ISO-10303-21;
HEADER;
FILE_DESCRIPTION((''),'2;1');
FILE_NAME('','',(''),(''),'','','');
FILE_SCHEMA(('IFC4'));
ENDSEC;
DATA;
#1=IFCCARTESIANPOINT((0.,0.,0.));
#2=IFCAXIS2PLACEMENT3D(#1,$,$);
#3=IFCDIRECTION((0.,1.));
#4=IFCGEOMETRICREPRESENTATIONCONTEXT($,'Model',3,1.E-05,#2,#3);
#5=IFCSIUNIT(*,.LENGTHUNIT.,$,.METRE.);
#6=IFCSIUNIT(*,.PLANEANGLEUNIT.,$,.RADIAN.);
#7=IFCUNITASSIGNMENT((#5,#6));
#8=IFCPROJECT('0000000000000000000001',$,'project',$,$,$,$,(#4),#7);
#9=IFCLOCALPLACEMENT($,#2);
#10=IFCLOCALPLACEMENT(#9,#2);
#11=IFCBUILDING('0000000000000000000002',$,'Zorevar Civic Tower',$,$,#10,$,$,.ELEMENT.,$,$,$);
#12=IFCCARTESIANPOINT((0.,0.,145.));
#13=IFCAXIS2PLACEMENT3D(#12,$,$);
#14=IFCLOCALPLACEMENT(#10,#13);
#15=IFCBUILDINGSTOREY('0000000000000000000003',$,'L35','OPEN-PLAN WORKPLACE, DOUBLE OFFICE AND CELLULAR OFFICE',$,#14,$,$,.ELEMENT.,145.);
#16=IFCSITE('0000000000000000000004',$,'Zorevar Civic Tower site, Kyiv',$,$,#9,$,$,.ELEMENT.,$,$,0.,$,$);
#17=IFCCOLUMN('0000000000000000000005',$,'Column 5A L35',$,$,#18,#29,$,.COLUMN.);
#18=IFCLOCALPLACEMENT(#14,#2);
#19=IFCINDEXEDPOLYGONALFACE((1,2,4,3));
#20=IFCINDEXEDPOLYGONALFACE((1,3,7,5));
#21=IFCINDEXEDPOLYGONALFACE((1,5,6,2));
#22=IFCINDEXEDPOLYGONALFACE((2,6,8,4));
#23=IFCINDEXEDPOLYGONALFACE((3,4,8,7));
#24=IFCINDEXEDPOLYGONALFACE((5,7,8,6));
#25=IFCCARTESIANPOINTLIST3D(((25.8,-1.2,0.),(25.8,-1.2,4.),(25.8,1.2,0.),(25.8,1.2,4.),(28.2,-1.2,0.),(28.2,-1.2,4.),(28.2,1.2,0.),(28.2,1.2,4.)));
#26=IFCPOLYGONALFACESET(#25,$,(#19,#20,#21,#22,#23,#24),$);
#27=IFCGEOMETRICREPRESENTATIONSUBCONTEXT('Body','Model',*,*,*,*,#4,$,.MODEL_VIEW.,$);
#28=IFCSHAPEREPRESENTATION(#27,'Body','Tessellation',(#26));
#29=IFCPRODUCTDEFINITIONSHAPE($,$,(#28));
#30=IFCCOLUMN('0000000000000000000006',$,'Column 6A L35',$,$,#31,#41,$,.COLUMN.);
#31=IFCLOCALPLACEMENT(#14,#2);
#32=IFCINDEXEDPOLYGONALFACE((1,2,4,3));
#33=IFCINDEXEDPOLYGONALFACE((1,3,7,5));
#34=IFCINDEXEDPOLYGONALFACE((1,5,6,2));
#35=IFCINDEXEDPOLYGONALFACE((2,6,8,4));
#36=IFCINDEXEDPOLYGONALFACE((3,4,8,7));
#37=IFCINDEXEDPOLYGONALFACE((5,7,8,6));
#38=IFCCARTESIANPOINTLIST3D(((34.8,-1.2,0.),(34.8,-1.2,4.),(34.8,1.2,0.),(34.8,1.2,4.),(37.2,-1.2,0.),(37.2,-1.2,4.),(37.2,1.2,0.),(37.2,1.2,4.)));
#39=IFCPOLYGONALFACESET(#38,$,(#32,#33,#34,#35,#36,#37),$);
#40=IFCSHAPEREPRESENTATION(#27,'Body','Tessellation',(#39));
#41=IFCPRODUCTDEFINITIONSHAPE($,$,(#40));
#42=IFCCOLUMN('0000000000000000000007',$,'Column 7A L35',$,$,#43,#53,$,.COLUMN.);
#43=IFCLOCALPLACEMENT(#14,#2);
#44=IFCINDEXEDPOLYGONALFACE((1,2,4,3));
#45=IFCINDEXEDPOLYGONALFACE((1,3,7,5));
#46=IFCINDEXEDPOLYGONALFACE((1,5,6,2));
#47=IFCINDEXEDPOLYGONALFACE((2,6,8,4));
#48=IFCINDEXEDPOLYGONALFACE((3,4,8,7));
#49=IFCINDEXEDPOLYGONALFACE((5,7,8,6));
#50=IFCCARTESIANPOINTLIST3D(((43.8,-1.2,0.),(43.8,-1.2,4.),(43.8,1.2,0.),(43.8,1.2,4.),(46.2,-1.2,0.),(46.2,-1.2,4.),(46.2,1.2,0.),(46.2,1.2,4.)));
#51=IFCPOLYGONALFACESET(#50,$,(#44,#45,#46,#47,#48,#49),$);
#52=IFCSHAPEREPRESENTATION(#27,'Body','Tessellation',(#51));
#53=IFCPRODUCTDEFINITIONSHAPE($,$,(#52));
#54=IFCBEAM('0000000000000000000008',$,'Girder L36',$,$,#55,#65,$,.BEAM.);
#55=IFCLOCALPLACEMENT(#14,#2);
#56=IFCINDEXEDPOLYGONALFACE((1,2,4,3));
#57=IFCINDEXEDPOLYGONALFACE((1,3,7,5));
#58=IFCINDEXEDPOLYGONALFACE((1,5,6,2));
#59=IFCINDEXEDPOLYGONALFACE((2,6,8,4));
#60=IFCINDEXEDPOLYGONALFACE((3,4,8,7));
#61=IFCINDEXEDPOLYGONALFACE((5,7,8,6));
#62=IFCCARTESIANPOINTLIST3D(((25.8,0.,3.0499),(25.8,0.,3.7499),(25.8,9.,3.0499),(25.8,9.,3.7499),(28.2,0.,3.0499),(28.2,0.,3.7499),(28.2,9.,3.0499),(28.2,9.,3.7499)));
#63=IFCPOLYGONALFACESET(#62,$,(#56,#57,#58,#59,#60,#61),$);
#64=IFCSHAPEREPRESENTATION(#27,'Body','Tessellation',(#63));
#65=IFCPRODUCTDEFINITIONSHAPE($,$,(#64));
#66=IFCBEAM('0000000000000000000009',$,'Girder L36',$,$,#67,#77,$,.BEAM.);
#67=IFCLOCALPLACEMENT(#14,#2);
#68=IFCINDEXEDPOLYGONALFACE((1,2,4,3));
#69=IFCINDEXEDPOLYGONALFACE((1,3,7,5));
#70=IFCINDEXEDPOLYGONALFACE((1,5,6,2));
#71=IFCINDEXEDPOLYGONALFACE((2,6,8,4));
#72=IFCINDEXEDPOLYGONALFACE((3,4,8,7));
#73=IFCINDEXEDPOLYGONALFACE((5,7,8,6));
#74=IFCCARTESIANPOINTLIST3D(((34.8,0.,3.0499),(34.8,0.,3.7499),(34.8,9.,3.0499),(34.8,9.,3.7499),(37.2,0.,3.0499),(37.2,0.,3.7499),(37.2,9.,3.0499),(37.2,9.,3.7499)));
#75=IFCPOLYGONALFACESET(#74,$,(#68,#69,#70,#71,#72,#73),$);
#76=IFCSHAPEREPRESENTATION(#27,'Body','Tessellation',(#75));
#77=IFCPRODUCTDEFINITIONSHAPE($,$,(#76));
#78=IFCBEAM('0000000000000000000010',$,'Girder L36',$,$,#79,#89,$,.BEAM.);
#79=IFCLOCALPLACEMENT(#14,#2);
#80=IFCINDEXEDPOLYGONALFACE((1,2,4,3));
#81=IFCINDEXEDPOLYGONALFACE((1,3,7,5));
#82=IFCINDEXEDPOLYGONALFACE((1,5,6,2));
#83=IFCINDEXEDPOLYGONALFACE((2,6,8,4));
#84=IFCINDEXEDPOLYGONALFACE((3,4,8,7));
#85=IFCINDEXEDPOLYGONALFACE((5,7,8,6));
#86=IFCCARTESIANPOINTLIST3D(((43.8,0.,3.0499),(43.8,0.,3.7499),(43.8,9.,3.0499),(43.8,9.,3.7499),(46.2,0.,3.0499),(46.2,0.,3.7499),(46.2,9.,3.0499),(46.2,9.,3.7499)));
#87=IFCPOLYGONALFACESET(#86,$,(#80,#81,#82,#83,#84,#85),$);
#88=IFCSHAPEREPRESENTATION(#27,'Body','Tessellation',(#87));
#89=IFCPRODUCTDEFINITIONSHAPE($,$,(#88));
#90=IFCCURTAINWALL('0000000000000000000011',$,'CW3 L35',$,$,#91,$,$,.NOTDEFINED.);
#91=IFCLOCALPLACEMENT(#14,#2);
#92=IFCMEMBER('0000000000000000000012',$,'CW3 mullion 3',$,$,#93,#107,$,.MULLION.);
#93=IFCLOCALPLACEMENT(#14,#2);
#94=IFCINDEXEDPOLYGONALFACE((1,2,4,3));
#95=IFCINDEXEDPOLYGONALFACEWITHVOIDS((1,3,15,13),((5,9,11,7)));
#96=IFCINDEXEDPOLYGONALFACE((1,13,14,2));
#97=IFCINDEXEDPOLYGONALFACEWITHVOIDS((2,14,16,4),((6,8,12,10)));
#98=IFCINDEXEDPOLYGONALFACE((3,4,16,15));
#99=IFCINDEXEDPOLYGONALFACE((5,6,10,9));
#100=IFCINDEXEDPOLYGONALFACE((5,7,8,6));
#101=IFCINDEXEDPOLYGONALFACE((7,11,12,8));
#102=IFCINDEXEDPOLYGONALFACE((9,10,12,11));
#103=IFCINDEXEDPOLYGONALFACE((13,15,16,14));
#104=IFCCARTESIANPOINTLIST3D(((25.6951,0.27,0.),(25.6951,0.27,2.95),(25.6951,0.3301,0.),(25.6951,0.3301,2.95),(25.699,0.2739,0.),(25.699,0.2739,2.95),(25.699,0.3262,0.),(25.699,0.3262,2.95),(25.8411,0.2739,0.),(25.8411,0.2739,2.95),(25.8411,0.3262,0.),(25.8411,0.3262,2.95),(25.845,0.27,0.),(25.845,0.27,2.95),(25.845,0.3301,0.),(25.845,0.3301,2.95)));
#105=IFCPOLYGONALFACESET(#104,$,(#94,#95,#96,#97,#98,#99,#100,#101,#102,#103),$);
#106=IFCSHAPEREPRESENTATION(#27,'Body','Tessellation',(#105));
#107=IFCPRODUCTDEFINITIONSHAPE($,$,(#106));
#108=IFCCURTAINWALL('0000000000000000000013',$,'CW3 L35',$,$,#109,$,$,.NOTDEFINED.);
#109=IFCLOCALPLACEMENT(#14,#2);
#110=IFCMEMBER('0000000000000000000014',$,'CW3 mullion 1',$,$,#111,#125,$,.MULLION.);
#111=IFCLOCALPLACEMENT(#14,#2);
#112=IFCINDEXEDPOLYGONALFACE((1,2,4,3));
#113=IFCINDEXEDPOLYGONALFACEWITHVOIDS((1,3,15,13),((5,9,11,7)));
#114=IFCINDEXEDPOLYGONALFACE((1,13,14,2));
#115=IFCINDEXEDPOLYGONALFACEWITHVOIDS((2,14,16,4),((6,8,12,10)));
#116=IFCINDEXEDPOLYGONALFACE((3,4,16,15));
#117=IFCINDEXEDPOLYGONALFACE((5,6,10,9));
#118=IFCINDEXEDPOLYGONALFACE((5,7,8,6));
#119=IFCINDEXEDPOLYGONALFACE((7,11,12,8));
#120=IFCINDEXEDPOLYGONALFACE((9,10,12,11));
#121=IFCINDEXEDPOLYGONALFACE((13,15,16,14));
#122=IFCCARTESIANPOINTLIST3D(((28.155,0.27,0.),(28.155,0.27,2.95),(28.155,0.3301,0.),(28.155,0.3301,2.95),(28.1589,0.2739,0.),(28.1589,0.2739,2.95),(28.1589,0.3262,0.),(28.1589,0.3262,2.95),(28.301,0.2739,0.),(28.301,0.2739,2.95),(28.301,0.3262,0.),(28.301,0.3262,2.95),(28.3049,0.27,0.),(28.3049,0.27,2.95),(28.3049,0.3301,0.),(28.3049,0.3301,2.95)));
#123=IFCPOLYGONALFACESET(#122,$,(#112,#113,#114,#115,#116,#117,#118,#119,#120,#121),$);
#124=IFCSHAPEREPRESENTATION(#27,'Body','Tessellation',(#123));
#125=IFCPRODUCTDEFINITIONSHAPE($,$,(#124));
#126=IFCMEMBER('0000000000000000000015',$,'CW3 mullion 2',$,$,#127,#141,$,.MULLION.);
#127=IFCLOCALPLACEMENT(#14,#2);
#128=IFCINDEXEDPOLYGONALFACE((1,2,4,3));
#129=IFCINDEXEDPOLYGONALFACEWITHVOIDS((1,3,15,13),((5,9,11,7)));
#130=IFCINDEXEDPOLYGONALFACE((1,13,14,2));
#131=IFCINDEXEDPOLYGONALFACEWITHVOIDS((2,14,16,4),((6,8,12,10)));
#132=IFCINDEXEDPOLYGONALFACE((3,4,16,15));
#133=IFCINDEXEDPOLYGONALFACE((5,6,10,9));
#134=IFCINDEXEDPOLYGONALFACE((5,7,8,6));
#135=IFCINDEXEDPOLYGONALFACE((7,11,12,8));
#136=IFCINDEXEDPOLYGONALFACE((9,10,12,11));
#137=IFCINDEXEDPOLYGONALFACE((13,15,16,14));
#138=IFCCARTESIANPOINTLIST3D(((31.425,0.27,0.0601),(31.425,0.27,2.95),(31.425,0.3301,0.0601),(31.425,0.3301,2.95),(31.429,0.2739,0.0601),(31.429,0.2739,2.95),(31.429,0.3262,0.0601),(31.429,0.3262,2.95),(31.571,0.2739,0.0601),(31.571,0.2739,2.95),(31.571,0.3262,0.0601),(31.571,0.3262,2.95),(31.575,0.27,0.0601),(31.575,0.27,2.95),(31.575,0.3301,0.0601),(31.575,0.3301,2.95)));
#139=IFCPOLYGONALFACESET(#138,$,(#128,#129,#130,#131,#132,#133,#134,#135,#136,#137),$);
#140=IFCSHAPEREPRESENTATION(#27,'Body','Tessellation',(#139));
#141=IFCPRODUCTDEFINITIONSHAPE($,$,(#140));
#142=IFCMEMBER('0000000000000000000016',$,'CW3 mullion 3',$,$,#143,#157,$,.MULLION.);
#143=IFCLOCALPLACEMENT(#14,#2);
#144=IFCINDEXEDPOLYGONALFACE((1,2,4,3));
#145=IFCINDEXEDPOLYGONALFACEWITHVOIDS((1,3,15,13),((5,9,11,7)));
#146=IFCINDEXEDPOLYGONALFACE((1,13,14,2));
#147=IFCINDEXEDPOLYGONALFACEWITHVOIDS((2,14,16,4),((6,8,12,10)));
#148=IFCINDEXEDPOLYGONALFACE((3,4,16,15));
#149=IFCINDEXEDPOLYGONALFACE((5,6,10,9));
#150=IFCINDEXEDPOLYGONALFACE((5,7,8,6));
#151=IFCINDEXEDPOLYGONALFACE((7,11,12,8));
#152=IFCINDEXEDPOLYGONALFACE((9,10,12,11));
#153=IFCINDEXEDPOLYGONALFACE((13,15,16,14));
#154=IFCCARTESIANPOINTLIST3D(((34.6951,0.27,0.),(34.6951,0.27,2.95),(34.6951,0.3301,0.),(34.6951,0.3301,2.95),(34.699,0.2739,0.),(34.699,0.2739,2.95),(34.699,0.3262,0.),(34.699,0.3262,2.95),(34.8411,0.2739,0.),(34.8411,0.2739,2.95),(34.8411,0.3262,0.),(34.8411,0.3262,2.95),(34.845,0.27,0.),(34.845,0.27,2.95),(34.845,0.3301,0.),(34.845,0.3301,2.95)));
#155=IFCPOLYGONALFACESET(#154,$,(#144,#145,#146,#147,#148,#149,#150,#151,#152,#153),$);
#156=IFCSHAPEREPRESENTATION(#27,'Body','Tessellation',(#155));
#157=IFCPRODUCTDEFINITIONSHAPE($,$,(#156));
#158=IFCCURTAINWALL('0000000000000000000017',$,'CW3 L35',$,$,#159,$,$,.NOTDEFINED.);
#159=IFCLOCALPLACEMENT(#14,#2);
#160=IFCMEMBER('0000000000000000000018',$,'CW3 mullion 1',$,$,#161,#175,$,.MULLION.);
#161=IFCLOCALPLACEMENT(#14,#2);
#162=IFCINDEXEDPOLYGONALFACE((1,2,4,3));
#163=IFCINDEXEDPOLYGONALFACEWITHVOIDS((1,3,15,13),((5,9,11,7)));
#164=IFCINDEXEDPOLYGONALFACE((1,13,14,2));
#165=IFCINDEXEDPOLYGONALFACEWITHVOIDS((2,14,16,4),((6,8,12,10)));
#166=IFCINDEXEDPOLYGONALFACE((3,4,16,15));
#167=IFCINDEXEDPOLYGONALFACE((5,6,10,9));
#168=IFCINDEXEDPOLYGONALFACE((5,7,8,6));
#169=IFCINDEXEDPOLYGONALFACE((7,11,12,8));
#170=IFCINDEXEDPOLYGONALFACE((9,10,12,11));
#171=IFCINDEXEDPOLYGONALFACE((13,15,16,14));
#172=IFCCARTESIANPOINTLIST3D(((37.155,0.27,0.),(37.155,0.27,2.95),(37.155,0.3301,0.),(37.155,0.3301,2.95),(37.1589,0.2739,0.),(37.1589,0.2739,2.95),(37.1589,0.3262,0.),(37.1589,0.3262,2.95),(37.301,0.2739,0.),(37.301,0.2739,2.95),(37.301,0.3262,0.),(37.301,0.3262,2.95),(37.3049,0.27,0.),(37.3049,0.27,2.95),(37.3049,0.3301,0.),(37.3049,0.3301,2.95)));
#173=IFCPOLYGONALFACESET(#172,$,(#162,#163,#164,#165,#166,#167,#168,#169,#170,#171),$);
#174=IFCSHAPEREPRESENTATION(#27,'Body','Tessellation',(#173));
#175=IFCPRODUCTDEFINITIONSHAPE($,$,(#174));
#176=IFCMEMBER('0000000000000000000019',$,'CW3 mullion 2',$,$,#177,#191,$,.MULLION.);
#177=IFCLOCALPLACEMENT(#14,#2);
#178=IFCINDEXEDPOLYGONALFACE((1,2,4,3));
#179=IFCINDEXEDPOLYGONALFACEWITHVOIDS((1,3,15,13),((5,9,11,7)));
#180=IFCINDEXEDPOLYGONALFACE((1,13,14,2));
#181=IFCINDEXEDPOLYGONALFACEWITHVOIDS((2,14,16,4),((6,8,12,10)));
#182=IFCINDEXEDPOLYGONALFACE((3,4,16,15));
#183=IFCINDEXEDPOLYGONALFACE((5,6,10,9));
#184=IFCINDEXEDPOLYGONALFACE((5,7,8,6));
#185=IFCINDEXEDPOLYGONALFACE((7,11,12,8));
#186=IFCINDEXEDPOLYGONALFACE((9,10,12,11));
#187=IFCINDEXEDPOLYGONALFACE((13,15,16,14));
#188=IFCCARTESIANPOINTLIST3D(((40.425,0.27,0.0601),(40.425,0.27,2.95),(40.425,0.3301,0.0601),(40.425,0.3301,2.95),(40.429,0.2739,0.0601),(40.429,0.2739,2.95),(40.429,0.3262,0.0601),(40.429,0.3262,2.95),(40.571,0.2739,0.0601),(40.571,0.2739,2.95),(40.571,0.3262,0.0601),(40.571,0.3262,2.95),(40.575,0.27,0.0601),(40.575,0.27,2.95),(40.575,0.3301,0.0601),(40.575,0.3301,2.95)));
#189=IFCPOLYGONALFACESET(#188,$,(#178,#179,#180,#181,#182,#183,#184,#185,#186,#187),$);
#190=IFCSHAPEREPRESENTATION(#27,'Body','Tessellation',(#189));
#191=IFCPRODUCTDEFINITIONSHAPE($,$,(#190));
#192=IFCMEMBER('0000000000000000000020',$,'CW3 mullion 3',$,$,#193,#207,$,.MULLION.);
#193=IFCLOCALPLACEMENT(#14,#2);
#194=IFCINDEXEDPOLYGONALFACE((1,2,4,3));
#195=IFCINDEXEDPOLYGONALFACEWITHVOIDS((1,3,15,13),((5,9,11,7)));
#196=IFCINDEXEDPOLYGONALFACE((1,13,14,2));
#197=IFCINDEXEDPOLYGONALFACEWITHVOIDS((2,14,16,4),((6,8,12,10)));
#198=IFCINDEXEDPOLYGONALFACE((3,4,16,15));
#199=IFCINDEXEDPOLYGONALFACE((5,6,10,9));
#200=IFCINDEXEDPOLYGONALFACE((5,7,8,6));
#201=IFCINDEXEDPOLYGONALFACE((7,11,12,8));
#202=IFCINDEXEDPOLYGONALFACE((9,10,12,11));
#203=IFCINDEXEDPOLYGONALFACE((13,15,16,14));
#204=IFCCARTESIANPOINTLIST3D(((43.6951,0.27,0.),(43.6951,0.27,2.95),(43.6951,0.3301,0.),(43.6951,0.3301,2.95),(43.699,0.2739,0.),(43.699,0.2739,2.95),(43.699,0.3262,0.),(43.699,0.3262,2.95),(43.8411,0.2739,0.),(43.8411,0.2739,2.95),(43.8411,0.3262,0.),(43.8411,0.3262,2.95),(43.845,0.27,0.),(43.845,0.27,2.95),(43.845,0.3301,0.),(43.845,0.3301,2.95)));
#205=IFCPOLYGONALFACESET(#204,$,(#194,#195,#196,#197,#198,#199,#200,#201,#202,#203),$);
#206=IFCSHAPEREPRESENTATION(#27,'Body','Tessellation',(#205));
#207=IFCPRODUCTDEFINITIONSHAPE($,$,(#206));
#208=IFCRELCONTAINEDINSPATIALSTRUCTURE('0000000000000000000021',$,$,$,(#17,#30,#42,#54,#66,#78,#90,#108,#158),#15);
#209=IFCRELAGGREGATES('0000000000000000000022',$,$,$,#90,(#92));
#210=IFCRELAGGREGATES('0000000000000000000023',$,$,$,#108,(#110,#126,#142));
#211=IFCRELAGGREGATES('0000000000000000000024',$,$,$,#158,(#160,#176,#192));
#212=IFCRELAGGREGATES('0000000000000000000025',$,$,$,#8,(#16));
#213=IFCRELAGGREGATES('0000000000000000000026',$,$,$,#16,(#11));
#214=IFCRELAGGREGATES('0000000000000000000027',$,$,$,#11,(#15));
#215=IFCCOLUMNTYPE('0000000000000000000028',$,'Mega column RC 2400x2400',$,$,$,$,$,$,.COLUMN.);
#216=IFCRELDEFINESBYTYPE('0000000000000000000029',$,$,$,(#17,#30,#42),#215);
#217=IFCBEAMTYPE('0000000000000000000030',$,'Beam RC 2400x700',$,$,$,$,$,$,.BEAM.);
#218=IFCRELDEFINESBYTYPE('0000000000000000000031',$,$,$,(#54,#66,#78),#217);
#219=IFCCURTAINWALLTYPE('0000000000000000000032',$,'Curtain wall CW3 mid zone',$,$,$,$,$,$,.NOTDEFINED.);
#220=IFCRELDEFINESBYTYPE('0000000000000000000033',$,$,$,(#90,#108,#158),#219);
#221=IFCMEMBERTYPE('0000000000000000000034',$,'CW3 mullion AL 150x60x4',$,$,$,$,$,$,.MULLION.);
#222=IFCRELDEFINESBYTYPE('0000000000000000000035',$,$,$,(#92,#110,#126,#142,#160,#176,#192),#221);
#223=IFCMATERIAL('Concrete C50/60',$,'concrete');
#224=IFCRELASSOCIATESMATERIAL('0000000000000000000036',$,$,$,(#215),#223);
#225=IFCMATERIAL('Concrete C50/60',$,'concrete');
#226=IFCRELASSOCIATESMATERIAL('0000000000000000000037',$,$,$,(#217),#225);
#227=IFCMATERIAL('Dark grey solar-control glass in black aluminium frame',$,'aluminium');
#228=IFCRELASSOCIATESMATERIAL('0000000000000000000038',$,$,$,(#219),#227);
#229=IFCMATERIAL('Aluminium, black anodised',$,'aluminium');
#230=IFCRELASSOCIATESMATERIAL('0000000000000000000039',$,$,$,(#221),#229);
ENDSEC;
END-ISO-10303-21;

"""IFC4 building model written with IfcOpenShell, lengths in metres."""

from ifc_helpers import new_model, si_unit, direction, frame, origin, origin_2d, place, context, subcontext, project, spatial, rectangle, hollow_rectangle, extrude, material, material_profile, profile_set, type_object, element, aggregate, save


model = new_model("IFC4")

# Units and contexts
model_context = context("Model", 3, precision=1e-05, world=origin(), true_north=direction((0.0, 1.0)))
body_context = subcontext(model_context, "Body", "Model", "MODEL_VIEW")
ifc_project = project(units=[si_unit("LENGTHUNIT", "METRE"), si_unit("PLANEANGLEUNIT", "RADIAN")], contexts=[model_context])

# Site, building, storey
site_placement = place(None, origin())
site = spatial("IfcSite", under=ifc_project, at=site_placement, Name="Zorevar Civic Tower site, Kyiv", CompositionType="ELEMENT", RefElevation=0.0)
building_placement = place(site_placement, origin())
building = spatial("IfcBuilding", under=site, at=building_placement, Name="Zorevar Civic Tower", CompositionType="ELEMENT")
storey_placement = place(building_placement, frame((0.0, 0.0, 145.0)))
storey = spatial("IfcBuildingStorey", under=building, at=storey_placement, Name="L35", Description="OPEN-PLAN WORKPLACE, DOUBLE OFFICE AND CELLULAR OFFICE", CompositionType="ELEMENT", Elevation=145.0)

# Columns
ifc_material_1 = material(Name="Concrete C50/60", Category="concrete")
ifc_material_profile_1 = material_profile(ifc_material_1, rectangle(XDim=2.3999, YDim=2.3999, at=origin_2d()), Name="RC 2400x2400")
ifc_profile_set_1 = profile_set([ifc_material_profile_1], Name="Concrete C50/60")
column_type = type_object("IfcColumnType", Name="Mega column RC 2400x2400", PredefinedType="COLUMN", material=ifc_profile_set_1)
for number, where, z_axis, x_axis, name in (
    (1, (27.0, 0.0, 0.0), (0.0, 0.0, 1.0), (1.0, 0.0, 0.0), "Column 5A L35"),
    (2, (36.0, 0.0, 0.0), (0.0, 0.0, 1.0), (1.0, 0.0, 0.0), "Column 6A L35"),
    (3, (45.0, 0.0, 0.0), (0.0, 0.0, 1.0), (1.0, 0.0, 0.0), "Column 7A L35"),
):
    element("IfcColumn", number, at=place(storey_placement, frame(where, z_axis=z_axis, x_axis=x_axis)), inside=storey, type_object=column_type, Name=name, PredefinedType="COLUMN", context=body_context, shape_type="SweptSolid", body=[
        extrude(rectangle(XDim=2.3999, YDim=2.3999, at=origin_2d()), origin(), (0.0, 0.0, 1.0), 4.0),
    ])

# Beams
ifc_material_2 = material(Name="Concrete C50/60", Category="concrete")
ifc_material_profile_2 = material_profile(ifc_material_2, rectangle(XDim=2.3999, YDim=0.7, at=origin_2d()), Name="RC 2400x700")
ifc_profile_set_2 = profile_set([ifc_material_profile_2], Name="Concrete C50/60")
beam_type_1 = type_object("IfcBeamType", Name="Beam RC 2400x700", PredefinedType="BEAM", material=ifc_profile_set_2)
for number, where, z_axis, x_axis, name in (
    (4, (27.0, 0.0, 3.3999), (0.0, 1.0, 0.0), (-1.0, 0.0, 0.0), "Girder L36"),
    (5, (36.0, 0.0, 3.3999), (0.0, 1.0, 0.0), (-1.0, 0.0, 0.0), "Girder L36"),
    (6, (45.0, 0.0, 3.3999), (0.0, 1.0, 0.0), (-1.0, 0.0, 0.0), "Girder L36"),
):
    element("IfcBeam", number, at=place(storey_placement, frame(where, z_axis=z_axis, x_axis=x_axis)), inside=storey, type_object=beam_type_1, Name=name, PredefinedType="BEAM", context=body_context, shape_type="SweptSolid", body=[
        extrude(rectangle(XDim=2.3999, YDim=0.7, at=origin_2d()), origin(), (0.0, 0.0, 1.0), 9.0),
    ])

# Curtain wall, member
ifc_material_3 = material(Name="Dark grey solar-control glass in black aluminium frame", Category="aluminium")
curtain_wall_type = type_object("IfcCurtainWallType", Name="Curtain wall CW3 mid zone", PredefinedType="NOTDEFINED", material=ifc_material_3)
curtain_wall_1_placement = place(storey_placement, origin())
curtain_wall_1 = element("IfcCurtainWall", 7, at=curtain_wall_1_placement, inside=storey, type_object=curtain_wall_type, Name="CW3 L35", PredefinedType="NOTDEFINED")
ifc_material_4 = material(Name="Aluminium, black anodised", Category="aluminium")
ifc_material_profile_3 = material_profile(ifc_material_4, hollow_rectangle(XDim=0.0601, YDim=0.1499, WallThickness=0.0039, at=origin_2d()), Name="AL 150x60x4")
ifc_profile_set_3 = profile_set([ifc_material_profile_3], Name="Aluminium, black anodised")
member_type_1 = type_object("IfcMemberType", Name="CW3 mullion AL 150x60x4", PredefinedType="MULLION", material=ifc_profile_set_3)
member_1_placement = place(storey_placement, frame((25.77, 0.3, 0.0), z_axis=(0.0, 0.0, 1.0), x_axis=(0.0, 1.0, 0.0)))
member_1 = element("IfcMember", 8, at=member_1_placement, type_object=member_type_1, Name="CW3 mullion 3", PredefinedType="MULLION", context=body_context, shape_type="SweptSolid", body=[
    extrude(hollow_rectangle(XDim=0.0601, YDim=0.1499, WallThickness=0.0039, at=origin_2d()), origin(), (0.0, 0.0, 1.0), 2.95),
])
aggregate(curtain_wall_1, [member_1])

# Curtain walls, members
curtain_wall_2_placement = place(storey_placement, origin())
curtain_wall_2 = element("IfcCurtainWall", 9, at=curtain_wall_2_placement, inside=storey, type_object=curtain_wall_type, Name="CW3 L35", PredefinedType="NOTDEFINED")
member_2_placement = place(storey_placement, frame((28.23, 0.3, 0.0), z_axis=(0.0, 0.0, 1.0), x_axis=(0.0, 1.0, 0.0)))
member_2 = element("IfcMember", 10, at=member_2_placement, type_object=member_type_1, Name="CW3 mullion 1", PredefinedType="MULLION", context=body_context, shape_type="SweptSolid", body=[
    extrude(hollow_rectangle(XDim=0.0601, YDim=0.1499, WallThickness=0.0039, at=origin_2d()), origin(), (0.0, 0.0, 1.0), 2.95),
])
member_3_placement = place(storey_placement, frame((31.5, 0.3, 0.0601), z_axis=(0.0, 0.0, 1.0), x_axis=(0.0, 1.0, 0.0)))
member_3 = element("IfcMember", 11, at=member_3_placement, type_object=member_type_1, Name="CW3 mullion 2", PredefinedType="MULLION", context=body_context, shape_type="SweptSolid", body=[
    extrude(hollow_rectangle(XDim=0.0601, YDim=0.1499, WallThickness=0.0039, at=origin_2d()), origin(), (0.0, 0.0, 1.0), 2.8899),
])
member_4_placement = place(storey_placement, frame((34.77, 0.3, 0.0), z_axis=(0.0, 0.0, 1.0), x_axis=(0.0, 1.0, 0.0)))
member_4 = element("IfcMember", 12, at=member_4_placement, type_object=member_type_1, Name="CW3 mullion 3", PredefinedType="MULLION", context=body_context, shape_type="SweptSolid", body=[
    extrude(hollow_rectangle(XDim=0.0601, YDim=0.1499, WallThickness=0.0039, at=origin_2d()), origin(), (0.0, 0.0, 1.0), 2.95),
])
curtain_wall_3_placement = place(storey_placement, origin())
curtain_wall_3 = element("IfcCurtainWall", 13, at=curtain_wall_3_placement, inside=storey, type_object=curtain_wall_type, Name="CW3 L35", PredefinedType="NOTDEFINED")
member_5_placement = place(storey_placement, frame((37.23, 0.3, 0.0), z_axis=(0.0, 0.0, 1.0), x_axis=(0.0, 1.0, 0.0)))
member_5 = element("IfcMember", 14, at=member_5_placement, type_object=member_type_1, Name="CW3 mullion 1", PredefinedType="MULLION", context=body_context, shape_type="SweptSolid", body=[
    extrude(hollow_rectangle(XDim=0.0601, YDim=0.1499, WallThickness=0.0039, at=origin_2d()), origin(), (0.0, 0.0, 1.0), 2.95),
])
member_6_placement = place(storey_placement, frame((40.5, 0.3, 0.0601), z_axis=(0.0, 0.0, 1.0), x_axis=(0.0, 1.0, 0.0)))
member_6 = element("IfcMember", 15, at=member_6_placement, type_object=member_type_1, Name="CW3 mullion 2", PredefinedType="MULLION", context=body_context, shape_type="SweptSolid", body=[
    extrude(hollow_rectangle(XDim=0.0601, YDim=0.1499, WallThickness=0.0039, at=origin_2d()), origin(), (0.0, 0.0, 1.0), 2.8899),
])
member_7_placement = place(storey_placement, frame((43.77, 0.3, 0.0), z_axis=(0.0, 0.0, 1.0), x_axis=(0.0, 1.0, 0.0)))
member_7 = element("IfcMember", 16, at=member_7_placement, type_object=member_type_1, Name="CW3 mullion 3", PredefinedType="MULLION", context=body_context, shape_type="SweptSolid", body=[
    extrude(hollow_rectangle(XDim=0.0601, YDim=0.1499, WallThickness=0.0039, at=origin_2d()), origin(), (0.0, 0.0, 1.0), 2.95),
])

aggregate(curtain_wall_2, [member_2, member_3, member_4])
aggregate(curtain_wall_3, [member_5, member_6, member_7])

save(model, "model.ifc")
